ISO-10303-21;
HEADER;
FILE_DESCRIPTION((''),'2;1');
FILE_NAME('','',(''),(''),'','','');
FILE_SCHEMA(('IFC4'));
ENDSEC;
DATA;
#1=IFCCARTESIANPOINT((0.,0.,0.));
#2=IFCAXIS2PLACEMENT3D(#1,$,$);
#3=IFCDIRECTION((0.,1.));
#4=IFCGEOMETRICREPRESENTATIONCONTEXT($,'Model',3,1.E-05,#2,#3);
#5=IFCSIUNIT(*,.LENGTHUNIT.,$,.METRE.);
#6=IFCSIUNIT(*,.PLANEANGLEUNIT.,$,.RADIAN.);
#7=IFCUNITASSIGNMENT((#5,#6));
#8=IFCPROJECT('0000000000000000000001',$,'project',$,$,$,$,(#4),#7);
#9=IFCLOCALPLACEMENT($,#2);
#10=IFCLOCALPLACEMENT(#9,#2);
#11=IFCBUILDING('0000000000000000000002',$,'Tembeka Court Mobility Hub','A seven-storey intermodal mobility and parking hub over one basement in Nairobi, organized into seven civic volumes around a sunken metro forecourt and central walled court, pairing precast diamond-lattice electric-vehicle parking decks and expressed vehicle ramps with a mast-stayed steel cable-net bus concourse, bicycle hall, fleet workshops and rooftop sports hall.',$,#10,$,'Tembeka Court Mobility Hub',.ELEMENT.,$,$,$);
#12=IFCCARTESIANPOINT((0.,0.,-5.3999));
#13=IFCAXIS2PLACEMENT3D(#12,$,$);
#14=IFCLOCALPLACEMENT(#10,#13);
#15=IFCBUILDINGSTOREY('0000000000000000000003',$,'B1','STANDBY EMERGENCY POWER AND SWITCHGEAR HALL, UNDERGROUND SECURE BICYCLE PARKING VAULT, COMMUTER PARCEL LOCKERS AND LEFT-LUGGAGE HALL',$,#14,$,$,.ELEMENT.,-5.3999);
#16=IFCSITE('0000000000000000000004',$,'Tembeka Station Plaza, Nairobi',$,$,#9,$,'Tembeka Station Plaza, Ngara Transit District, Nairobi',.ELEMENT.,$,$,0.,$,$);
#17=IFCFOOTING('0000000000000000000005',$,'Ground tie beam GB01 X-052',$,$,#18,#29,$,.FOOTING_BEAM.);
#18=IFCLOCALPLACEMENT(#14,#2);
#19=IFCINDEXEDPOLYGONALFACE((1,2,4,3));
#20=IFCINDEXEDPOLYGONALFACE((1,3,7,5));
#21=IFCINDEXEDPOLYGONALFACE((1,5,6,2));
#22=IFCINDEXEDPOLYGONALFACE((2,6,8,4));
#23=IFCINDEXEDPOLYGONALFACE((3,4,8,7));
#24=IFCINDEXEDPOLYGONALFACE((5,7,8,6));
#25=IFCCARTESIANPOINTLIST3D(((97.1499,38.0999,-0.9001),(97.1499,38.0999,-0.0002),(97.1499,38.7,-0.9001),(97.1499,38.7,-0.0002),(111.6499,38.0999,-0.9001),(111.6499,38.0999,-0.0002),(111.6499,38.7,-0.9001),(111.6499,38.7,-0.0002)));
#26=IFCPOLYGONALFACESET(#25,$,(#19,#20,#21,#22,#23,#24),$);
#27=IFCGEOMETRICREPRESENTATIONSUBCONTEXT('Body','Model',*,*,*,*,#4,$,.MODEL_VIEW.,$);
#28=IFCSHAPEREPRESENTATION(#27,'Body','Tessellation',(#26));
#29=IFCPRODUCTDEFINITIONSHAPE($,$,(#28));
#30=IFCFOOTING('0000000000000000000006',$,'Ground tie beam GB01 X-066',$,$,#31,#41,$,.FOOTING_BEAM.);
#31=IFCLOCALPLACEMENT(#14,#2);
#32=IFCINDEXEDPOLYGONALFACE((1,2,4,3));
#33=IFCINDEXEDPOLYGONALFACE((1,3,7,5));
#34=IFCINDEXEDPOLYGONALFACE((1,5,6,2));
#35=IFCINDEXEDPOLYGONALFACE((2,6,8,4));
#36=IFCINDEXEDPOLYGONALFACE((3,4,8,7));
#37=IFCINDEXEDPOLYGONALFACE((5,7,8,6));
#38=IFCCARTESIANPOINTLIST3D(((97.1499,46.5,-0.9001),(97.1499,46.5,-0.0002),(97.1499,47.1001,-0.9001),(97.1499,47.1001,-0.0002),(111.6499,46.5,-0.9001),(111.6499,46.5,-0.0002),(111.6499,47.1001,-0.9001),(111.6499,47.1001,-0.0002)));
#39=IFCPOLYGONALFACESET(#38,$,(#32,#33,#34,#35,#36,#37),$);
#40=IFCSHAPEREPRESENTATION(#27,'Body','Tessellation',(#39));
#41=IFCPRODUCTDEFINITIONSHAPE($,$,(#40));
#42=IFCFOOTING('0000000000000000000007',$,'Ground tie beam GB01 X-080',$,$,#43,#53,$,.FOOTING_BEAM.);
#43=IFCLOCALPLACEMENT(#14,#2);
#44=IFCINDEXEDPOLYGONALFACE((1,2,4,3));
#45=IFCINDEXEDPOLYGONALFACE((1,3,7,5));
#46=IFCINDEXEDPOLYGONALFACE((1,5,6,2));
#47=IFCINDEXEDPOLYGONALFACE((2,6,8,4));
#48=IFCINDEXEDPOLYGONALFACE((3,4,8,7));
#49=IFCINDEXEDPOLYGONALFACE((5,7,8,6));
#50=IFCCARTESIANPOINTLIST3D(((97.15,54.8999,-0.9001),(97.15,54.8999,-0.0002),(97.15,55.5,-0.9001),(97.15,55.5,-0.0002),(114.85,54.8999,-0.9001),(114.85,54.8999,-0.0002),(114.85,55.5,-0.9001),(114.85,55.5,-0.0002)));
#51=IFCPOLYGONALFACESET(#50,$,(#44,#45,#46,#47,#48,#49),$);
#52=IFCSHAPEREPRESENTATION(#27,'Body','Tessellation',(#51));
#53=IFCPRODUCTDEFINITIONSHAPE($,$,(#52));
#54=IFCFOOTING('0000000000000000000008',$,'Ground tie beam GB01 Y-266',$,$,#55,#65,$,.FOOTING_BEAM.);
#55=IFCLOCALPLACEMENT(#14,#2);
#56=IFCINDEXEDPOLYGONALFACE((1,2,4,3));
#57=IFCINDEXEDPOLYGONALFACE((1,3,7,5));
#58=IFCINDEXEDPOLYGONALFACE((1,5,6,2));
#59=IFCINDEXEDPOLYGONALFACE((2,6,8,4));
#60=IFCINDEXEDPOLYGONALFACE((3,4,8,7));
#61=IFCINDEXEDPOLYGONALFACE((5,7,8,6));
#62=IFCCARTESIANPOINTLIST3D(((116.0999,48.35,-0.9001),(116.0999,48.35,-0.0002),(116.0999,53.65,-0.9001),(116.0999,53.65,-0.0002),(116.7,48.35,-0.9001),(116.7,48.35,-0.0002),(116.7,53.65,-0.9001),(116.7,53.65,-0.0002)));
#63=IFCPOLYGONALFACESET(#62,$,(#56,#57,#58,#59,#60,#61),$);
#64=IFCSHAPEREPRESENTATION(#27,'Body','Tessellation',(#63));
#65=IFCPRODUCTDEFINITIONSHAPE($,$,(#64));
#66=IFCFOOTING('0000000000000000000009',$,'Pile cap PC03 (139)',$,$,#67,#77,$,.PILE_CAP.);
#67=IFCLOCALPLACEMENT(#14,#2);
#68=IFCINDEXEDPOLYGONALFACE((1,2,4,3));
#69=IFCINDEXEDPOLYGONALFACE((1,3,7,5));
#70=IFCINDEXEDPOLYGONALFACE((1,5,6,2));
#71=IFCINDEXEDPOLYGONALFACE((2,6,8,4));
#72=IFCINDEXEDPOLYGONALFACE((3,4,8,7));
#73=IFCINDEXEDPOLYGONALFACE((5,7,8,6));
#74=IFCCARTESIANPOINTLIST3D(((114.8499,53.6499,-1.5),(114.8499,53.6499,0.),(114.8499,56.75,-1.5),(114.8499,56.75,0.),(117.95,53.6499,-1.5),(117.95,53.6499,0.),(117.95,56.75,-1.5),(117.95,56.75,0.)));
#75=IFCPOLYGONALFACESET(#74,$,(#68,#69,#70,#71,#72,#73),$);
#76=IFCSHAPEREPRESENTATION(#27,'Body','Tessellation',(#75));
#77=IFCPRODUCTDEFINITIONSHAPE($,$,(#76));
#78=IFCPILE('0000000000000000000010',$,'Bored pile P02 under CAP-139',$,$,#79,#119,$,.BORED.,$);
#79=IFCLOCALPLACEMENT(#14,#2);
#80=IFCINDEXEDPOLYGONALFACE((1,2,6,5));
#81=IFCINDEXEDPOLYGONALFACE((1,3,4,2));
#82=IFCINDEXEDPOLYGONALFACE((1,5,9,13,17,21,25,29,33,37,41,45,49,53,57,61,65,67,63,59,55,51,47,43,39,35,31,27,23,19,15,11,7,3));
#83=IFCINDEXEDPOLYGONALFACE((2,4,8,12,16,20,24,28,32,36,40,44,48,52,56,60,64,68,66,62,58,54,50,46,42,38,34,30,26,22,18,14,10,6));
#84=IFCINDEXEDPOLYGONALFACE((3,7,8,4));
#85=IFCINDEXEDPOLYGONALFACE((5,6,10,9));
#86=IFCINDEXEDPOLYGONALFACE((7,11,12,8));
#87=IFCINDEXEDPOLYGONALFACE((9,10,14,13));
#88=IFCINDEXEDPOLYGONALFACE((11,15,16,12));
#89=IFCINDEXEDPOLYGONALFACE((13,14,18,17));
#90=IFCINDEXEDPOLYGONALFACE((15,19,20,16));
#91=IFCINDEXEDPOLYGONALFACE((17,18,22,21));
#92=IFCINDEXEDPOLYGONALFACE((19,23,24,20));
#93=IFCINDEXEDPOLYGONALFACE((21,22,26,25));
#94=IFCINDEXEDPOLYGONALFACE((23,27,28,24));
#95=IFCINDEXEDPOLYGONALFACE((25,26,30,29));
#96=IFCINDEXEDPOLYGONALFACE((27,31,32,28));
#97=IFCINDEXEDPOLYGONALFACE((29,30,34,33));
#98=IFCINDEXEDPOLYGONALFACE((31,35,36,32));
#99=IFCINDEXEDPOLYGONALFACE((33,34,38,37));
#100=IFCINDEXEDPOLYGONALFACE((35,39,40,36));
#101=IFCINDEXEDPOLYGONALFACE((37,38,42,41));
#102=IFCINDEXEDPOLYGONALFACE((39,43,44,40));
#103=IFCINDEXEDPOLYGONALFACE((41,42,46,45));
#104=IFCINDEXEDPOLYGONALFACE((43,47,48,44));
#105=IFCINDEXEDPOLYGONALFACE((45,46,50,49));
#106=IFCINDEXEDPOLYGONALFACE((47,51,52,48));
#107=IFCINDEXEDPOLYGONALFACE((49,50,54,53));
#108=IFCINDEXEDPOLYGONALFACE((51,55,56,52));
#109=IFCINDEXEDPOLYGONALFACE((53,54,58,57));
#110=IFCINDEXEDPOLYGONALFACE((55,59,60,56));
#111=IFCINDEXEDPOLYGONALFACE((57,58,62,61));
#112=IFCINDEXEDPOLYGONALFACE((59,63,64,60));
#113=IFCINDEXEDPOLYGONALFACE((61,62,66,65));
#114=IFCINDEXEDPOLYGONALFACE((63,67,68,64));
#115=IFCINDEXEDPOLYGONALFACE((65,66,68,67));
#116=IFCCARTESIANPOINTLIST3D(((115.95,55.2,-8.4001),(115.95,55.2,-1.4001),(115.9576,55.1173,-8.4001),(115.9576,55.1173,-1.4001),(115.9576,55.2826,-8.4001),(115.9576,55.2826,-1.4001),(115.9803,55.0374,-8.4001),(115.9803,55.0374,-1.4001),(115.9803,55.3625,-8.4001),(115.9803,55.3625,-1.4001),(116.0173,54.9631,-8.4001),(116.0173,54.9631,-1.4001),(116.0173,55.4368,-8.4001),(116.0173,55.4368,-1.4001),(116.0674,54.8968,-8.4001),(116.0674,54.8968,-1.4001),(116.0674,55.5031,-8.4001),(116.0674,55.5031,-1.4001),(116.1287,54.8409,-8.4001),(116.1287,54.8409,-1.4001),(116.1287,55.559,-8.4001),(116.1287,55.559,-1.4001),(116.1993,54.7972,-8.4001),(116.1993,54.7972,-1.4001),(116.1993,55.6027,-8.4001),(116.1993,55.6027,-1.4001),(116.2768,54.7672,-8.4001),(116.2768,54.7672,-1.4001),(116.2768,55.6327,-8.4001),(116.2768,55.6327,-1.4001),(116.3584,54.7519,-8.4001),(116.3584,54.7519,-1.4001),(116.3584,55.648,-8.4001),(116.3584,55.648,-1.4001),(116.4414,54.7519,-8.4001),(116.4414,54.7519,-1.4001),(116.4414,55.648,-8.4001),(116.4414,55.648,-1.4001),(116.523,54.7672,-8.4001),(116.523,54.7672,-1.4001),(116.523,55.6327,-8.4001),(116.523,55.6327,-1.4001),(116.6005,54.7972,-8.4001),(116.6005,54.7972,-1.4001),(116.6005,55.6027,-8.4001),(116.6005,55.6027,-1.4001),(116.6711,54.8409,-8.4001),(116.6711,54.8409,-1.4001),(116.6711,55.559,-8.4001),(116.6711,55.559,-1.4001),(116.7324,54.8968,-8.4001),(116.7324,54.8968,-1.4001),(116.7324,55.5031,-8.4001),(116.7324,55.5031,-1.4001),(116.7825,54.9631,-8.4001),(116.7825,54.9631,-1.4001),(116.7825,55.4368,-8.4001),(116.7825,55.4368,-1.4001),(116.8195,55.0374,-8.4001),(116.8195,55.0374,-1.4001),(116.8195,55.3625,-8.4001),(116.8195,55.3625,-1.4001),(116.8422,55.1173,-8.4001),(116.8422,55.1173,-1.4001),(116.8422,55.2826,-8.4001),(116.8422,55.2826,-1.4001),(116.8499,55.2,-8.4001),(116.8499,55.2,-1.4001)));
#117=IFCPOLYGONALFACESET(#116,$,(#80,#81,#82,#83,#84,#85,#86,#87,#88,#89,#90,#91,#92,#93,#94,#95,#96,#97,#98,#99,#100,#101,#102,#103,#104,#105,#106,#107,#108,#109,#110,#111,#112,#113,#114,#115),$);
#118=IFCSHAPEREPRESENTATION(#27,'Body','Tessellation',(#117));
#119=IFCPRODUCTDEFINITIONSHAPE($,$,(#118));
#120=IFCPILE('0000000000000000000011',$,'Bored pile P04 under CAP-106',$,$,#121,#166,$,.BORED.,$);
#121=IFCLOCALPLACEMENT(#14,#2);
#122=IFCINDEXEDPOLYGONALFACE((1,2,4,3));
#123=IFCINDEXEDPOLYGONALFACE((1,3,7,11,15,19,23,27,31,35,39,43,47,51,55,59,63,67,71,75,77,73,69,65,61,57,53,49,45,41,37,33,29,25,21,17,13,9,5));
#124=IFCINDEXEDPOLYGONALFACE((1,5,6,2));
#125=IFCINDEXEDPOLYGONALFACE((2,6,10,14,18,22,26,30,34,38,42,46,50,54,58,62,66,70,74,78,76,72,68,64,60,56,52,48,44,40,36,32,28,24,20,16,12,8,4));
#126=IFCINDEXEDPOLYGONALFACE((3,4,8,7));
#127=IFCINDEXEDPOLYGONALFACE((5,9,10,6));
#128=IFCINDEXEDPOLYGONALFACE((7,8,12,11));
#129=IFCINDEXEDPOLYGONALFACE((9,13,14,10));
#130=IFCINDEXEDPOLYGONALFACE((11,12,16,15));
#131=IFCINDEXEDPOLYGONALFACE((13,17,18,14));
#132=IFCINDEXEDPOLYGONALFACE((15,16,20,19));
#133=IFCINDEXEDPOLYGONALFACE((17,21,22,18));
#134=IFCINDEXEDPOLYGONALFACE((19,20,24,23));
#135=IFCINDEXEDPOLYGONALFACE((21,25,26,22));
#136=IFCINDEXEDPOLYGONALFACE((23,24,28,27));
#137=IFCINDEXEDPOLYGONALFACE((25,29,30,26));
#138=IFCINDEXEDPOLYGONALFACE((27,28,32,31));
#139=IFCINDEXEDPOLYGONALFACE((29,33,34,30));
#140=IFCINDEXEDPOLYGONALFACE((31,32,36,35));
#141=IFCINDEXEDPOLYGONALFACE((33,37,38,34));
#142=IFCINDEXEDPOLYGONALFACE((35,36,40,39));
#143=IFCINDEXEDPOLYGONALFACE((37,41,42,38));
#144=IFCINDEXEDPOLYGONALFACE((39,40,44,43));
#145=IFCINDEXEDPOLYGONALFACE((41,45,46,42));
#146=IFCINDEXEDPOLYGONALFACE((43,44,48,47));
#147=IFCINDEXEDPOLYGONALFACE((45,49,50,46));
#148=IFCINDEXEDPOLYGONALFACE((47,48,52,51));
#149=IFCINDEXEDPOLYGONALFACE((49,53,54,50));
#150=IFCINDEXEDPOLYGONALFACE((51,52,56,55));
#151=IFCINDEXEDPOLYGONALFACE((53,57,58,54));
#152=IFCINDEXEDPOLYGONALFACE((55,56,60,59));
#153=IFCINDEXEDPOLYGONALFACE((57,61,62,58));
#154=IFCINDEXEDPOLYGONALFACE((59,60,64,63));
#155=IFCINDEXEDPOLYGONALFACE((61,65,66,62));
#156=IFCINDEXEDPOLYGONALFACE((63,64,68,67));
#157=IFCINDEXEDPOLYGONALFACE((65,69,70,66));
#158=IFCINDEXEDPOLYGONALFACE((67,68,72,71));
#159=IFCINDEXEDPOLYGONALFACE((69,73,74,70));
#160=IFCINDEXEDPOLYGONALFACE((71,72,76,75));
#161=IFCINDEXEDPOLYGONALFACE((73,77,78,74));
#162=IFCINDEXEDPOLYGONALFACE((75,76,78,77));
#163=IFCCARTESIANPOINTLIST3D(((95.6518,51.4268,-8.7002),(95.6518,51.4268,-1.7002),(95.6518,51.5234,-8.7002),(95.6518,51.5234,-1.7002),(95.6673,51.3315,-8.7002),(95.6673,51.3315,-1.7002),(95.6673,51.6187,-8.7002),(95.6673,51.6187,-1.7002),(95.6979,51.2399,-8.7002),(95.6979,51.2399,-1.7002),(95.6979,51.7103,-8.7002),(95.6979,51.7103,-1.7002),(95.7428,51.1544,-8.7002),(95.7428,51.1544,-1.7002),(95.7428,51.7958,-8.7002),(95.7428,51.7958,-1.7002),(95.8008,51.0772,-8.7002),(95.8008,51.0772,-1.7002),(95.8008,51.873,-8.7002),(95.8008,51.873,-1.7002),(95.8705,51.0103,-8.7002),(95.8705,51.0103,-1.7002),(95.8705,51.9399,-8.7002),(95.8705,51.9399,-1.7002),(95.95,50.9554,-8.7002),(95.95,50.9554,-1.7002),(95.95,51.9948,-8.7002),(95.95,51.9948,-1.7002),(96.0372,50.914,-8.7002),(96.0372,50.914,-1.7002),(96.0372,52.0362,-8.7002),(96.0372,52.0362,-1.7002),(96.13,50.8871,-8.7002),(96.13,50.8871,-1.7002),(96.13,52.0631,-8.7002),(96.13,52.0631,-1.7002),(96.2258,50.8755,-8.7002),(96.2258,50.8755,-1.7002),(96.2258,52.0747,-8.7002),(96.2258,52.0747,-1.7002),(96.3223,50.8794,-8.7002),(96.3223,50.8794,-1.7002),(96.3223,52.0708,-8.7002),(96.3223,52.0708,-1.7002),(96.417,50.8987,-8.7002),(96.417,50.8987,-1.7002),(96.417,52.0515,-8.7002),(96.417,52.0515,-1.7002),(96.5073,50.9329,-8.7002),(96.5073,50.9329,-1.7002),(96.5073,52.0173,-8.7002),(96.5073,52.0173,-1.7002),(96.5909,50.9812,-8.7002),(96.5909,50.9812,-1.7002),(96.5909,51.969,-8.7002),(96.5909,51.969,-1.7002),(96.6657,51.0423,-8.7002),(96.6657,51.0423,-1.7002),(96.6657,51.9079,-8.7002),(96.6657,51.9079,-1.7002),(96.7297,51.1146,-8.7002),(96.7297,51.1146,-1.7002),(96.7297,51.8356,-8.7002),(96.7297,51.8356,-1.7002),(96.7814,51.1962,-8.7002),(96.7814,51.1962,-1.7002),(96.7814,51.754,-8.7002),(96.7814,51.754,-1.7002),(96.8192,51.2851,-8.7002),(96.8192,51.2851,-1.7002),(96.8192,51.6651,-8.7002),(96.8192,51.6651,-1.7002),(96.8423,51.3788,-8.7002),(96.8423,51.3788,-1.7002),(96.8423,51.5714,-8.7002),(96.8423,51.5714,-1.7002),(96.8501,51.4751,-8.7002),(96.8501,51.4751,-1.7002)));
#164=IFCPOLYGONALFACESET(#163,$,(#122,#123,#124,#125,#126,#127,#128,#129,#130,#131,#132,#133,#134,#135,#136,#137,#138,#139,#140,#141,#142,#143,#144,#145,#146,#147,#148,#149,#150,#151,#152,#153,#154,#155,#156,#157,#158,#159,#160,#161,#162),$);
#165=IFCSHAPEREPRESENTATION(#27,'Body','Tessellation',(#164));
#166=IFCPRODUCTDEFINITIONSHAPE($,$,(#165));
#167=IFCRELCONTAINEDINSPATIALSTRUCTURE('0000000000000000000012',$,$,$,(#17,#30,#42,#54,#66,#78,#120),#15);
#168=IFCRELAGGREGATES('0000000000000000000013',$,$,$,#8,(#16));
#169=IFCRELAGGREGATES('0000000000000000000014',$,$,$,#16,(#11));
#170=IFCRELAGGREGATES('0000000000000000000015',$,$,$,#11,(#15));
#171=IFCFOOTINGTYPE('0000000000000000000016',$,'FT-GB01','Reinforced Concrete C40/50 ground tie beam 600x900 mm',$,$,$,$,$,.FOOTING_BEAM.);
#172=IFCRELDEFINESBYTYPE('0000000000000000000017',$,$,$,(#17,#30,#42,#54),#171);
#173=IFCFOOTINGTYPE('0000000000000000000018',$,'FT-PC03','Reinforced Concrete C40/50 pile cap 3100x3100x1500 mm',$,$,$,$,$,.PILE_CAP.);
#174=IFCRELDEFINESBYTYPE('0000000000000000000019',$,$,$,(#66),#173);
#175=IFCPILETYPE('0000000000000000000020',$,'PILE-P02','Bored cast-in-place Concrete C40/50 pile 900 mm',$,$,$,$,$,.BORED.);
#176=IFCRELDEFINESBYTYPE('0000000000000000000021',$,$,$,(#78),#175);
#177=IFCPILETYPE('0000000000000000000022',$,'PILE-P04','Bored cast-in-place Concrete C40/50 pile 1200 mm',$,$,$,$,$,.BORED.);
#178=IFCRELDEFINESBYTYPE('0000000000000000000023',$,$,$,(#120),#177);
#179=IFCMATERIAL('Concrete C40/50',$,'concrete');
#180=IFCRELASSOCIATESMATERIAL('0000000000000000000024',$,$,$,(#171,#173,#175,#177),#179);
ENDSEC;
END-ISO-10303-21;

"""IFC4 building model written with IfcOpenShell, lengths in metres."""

from ifc_helpers import new_model, si_unit, direction, frame, origin, origin_2d, place, context, subcontext, project, spatial, rectangle, circle, extrude, material, material_profile, profile_set, type_object, element, save


model = new_model("IFC4")

# Units and contexts
model_context = context("Model", 3, precision=1e-05, world=origin(), true_north=direction((0.0, 1.0)))
body_context = subcontext(model_context, "Body", "Model", "MODEL_VIEW")
ifc_project = project(units=[si_unit("LENGTHUNIT", "METRE"), si_unit("PLANEANGLEUNIT", "RADIAN")], contexts=[model_context])

# Site, building, storey
site_placement = place(None, origin())
site = spatial("IfcSite", under=ifc_project, at=site_placement, Name="Tembeka Station Plaza, Nairobi", LongName="Tembeka Station Plaza, Ngara Transit District, Nairobi", CompositionType="ELEMENT", RefElevation=0.0)
building_placement = place(site_placement, origin())
building = spatial("IfcBuilding", under=site, at=building_placement, Name="Tembeka Court Mobility Hub", Description="A seven-storey intermodal mobility and parking hub over one basement in Nairobi, organized into seven civic volumes around a sunken metro forecourt and central walled court, pairing precast diamond-lattice electric-vehicle parking decks and expressed vehicle ramps with a mast-stayed steel cable-net bus concourse, bicycle hall, fleet workshops and rooftop sports hall.", LongName="Tembeka Court Mobility Hub", CompositionType="ELEMENT")
storey_placement = place(building_placement, frame((0.0, 0.0, -5.3999)))
storey = spatial("IfcBuildingStorey", under=building, at=storey_placement, Name="B1", Description="STANDBY EMERGENCY POWER AND SWITCHGEAR HALL, UNDERGROUND SECURE BICYCLE PARKING VAULT, COMMUTER PARCEL LOCKERS AND LEFT-LUGGAGE HALL", CompositionType="ELEMENT", Elevation=-5.3999)

# Footings
ifc_material_1 = material(Name="Concrete C40/50", Category="concrete")
footing_type_1 = type_object("IfcFootingType", Name="FT-GB01", Description="Reinforced Concrete C40/50 ground tie beam 600x900 mm", PredefinedType="FOOTING_BEAM", material=ifc_material_1)
for number, where, z_axis, x_axis, name in (
    (1, (104.3999, 38.3999, -0.9001), (0.0, 0.0, 1.0), (1.0, 0.0, 0.0), "Ground tie beam GB01 X-052"),
    (2, (104.3999, 46.8, -0.9001), (0.0, 0.0, 1.0), (1.0, 0.0, 0.0), "Ground tie beam GB01 X-066"),
):
    element("IfcFooting", number, at=place(storey_placement, frame(where, z_axis=z_axis, x_axis=x_axis)), inside=storey, type_object=footing_type_1, Name=name, PredefinedType="FOOTING_BEAM", context=body_context, shape_type="SweptSolid", body=[
        extrude(rectangle(XDim=14.5, YDim=0.6001, at=origin_2d()), origin(), (0.0, 0.0, 1.0), 0.8999),
    ])
footing_1_placement = place(storey_placement, frame((106.0, 55.2, -0.9001), z_axis=(0.0, 0.0, 1.0), x_axis=(1.0, 0.0, 0.0)))
element("IfcFooting", 3, at=footing_1_placement, inside=storey, type_object=footing_type_1, Name="Ground tie beam GB01 X-080", PredefinedType="FOOTING_BEAM", context=body_context, shape_type="SweptSolid", body=[
    extrude(rectangle(XDim=17.7, YDim=0.6001, at=origin_2d()), origin(), (0.0, 0.0, 1.0), 0.8999),
])
footing_2_placement = place(storey_placement, frame((116.3999, 51.0, -0.9001), z_axis=(0.0, 0.0, 1.0), x_axis=(0.0, 1.0, 0.0)))
element("IfcFooting", 4, at=footing_2_placement, inside=storey, type_object=footing_type_1, Name="Ground tie beam GB01 Y-266", PredefinedType="FOOTING_BEAM", context=body_context, shape_type="SweptSolid", body=[
    extrude(rectangle(XDim=5.3, YDim=0.6001, at=origin_2d()), origin(), (0.0, 0.0, 1.0), 0.8999),
])
footing_type_2 = type_object("IfcFootingType", Name="FT-PC03", Description="Reinforced Concrete C40/50 pile cap 3100x3100x1500 mm", PredefinedType="PILE_CAP", material=ifc_material_1)
footing_3_placement = place(storey_placement, frame((116.3999, 55.2, -1.5), z_axis=(0.0, 0.0, 1.0), x_axis=(1.0, 0.0, 0.0)))
element("IfcFooting", 5, at=footing_3_placement, inside=storey, type_object=footing_type_2, Name="Pile cap PC03 (139)", PredefinedType="PILE_CAP", context=body_context, shape_type="SweptSolid", body=[
    extrude(rectangle(XDim=3.1001, YDim=3.1001, at=origin_2d()), origin(), (0.0, 0.0, 1.0), 1.5),
])

# Piles
ifc_material_profile_1 = material_profile(ifc_material_1, circle(Radius=0.45, at=origin_2d()), Name="PILE D900")
ifc_profile_set_1 = profile_set([ifc_material_profile_1], Name="Concrete C40/50")
pile_type_1 = type_object("IfcPileType", Name="PILE-P02", Description="Bored cast-in-place Concrete C40/50 pile 900 mm", PredefinedType="BORED", material=ifc_profile_set_1)
pile_placement = place(storey_placement, frame((116.3999, 55.2, -1.4001), z_axis=(0.0, 0.0, -1.0), x_axis=(1.0, 0.0, 0.0)))
element("IfcPile", 6, at=pile_placement, inside=storey, type_object=pile_type_1, Name="Bored pile P02 under CAP-139", PredefinedType="BORED", context=body_context, shape_type="SweptSolid", body=[
    extrude(circle(Radius=0.45, at=origin_2d()), origin(), (0.0, 0.0, 1.0), 7.0),
])
ifc_material_profile_2 = material_profile(ifc_material_1, circle(Radius=0.6001, at=origin_2d()), Name="PILE D1200")
ifc_profile_set_2 = profile_set([ifc_material_profile_2], Name="Concrete C40/50")
pile_type_2 = type_object("IfcPileType", Name="PILE-P04", Description="Bored cast-in-place Concrete C40/50 pile 1200 mm", PredefinedType="BORED", material=ifc_profile_set_2)
for number, where, z_axis, x_axis, name in (
    (7, (96.25, 51.4751, -1.7002), (0.0, 0.0, -1.0), (1.0, 0.0, 0.0), "Bored pile P04 under CAP-106"),
):
    element("IfcPile", number, at=place(storey_placement, frame(where, z_axis=z_axis, x_axis=x_axis)), inside=storey, type_object=pile_type_2, Name=name, PredefinedType="BORED", context=body_context, shape_type="SweptSolid", body=[
        extrude(circle(Radius=0.6001, at=origin_2d()), origin(), (0.0, 0.0, 1.0), 7.0),
    ])

save(model, "model.ifc")
